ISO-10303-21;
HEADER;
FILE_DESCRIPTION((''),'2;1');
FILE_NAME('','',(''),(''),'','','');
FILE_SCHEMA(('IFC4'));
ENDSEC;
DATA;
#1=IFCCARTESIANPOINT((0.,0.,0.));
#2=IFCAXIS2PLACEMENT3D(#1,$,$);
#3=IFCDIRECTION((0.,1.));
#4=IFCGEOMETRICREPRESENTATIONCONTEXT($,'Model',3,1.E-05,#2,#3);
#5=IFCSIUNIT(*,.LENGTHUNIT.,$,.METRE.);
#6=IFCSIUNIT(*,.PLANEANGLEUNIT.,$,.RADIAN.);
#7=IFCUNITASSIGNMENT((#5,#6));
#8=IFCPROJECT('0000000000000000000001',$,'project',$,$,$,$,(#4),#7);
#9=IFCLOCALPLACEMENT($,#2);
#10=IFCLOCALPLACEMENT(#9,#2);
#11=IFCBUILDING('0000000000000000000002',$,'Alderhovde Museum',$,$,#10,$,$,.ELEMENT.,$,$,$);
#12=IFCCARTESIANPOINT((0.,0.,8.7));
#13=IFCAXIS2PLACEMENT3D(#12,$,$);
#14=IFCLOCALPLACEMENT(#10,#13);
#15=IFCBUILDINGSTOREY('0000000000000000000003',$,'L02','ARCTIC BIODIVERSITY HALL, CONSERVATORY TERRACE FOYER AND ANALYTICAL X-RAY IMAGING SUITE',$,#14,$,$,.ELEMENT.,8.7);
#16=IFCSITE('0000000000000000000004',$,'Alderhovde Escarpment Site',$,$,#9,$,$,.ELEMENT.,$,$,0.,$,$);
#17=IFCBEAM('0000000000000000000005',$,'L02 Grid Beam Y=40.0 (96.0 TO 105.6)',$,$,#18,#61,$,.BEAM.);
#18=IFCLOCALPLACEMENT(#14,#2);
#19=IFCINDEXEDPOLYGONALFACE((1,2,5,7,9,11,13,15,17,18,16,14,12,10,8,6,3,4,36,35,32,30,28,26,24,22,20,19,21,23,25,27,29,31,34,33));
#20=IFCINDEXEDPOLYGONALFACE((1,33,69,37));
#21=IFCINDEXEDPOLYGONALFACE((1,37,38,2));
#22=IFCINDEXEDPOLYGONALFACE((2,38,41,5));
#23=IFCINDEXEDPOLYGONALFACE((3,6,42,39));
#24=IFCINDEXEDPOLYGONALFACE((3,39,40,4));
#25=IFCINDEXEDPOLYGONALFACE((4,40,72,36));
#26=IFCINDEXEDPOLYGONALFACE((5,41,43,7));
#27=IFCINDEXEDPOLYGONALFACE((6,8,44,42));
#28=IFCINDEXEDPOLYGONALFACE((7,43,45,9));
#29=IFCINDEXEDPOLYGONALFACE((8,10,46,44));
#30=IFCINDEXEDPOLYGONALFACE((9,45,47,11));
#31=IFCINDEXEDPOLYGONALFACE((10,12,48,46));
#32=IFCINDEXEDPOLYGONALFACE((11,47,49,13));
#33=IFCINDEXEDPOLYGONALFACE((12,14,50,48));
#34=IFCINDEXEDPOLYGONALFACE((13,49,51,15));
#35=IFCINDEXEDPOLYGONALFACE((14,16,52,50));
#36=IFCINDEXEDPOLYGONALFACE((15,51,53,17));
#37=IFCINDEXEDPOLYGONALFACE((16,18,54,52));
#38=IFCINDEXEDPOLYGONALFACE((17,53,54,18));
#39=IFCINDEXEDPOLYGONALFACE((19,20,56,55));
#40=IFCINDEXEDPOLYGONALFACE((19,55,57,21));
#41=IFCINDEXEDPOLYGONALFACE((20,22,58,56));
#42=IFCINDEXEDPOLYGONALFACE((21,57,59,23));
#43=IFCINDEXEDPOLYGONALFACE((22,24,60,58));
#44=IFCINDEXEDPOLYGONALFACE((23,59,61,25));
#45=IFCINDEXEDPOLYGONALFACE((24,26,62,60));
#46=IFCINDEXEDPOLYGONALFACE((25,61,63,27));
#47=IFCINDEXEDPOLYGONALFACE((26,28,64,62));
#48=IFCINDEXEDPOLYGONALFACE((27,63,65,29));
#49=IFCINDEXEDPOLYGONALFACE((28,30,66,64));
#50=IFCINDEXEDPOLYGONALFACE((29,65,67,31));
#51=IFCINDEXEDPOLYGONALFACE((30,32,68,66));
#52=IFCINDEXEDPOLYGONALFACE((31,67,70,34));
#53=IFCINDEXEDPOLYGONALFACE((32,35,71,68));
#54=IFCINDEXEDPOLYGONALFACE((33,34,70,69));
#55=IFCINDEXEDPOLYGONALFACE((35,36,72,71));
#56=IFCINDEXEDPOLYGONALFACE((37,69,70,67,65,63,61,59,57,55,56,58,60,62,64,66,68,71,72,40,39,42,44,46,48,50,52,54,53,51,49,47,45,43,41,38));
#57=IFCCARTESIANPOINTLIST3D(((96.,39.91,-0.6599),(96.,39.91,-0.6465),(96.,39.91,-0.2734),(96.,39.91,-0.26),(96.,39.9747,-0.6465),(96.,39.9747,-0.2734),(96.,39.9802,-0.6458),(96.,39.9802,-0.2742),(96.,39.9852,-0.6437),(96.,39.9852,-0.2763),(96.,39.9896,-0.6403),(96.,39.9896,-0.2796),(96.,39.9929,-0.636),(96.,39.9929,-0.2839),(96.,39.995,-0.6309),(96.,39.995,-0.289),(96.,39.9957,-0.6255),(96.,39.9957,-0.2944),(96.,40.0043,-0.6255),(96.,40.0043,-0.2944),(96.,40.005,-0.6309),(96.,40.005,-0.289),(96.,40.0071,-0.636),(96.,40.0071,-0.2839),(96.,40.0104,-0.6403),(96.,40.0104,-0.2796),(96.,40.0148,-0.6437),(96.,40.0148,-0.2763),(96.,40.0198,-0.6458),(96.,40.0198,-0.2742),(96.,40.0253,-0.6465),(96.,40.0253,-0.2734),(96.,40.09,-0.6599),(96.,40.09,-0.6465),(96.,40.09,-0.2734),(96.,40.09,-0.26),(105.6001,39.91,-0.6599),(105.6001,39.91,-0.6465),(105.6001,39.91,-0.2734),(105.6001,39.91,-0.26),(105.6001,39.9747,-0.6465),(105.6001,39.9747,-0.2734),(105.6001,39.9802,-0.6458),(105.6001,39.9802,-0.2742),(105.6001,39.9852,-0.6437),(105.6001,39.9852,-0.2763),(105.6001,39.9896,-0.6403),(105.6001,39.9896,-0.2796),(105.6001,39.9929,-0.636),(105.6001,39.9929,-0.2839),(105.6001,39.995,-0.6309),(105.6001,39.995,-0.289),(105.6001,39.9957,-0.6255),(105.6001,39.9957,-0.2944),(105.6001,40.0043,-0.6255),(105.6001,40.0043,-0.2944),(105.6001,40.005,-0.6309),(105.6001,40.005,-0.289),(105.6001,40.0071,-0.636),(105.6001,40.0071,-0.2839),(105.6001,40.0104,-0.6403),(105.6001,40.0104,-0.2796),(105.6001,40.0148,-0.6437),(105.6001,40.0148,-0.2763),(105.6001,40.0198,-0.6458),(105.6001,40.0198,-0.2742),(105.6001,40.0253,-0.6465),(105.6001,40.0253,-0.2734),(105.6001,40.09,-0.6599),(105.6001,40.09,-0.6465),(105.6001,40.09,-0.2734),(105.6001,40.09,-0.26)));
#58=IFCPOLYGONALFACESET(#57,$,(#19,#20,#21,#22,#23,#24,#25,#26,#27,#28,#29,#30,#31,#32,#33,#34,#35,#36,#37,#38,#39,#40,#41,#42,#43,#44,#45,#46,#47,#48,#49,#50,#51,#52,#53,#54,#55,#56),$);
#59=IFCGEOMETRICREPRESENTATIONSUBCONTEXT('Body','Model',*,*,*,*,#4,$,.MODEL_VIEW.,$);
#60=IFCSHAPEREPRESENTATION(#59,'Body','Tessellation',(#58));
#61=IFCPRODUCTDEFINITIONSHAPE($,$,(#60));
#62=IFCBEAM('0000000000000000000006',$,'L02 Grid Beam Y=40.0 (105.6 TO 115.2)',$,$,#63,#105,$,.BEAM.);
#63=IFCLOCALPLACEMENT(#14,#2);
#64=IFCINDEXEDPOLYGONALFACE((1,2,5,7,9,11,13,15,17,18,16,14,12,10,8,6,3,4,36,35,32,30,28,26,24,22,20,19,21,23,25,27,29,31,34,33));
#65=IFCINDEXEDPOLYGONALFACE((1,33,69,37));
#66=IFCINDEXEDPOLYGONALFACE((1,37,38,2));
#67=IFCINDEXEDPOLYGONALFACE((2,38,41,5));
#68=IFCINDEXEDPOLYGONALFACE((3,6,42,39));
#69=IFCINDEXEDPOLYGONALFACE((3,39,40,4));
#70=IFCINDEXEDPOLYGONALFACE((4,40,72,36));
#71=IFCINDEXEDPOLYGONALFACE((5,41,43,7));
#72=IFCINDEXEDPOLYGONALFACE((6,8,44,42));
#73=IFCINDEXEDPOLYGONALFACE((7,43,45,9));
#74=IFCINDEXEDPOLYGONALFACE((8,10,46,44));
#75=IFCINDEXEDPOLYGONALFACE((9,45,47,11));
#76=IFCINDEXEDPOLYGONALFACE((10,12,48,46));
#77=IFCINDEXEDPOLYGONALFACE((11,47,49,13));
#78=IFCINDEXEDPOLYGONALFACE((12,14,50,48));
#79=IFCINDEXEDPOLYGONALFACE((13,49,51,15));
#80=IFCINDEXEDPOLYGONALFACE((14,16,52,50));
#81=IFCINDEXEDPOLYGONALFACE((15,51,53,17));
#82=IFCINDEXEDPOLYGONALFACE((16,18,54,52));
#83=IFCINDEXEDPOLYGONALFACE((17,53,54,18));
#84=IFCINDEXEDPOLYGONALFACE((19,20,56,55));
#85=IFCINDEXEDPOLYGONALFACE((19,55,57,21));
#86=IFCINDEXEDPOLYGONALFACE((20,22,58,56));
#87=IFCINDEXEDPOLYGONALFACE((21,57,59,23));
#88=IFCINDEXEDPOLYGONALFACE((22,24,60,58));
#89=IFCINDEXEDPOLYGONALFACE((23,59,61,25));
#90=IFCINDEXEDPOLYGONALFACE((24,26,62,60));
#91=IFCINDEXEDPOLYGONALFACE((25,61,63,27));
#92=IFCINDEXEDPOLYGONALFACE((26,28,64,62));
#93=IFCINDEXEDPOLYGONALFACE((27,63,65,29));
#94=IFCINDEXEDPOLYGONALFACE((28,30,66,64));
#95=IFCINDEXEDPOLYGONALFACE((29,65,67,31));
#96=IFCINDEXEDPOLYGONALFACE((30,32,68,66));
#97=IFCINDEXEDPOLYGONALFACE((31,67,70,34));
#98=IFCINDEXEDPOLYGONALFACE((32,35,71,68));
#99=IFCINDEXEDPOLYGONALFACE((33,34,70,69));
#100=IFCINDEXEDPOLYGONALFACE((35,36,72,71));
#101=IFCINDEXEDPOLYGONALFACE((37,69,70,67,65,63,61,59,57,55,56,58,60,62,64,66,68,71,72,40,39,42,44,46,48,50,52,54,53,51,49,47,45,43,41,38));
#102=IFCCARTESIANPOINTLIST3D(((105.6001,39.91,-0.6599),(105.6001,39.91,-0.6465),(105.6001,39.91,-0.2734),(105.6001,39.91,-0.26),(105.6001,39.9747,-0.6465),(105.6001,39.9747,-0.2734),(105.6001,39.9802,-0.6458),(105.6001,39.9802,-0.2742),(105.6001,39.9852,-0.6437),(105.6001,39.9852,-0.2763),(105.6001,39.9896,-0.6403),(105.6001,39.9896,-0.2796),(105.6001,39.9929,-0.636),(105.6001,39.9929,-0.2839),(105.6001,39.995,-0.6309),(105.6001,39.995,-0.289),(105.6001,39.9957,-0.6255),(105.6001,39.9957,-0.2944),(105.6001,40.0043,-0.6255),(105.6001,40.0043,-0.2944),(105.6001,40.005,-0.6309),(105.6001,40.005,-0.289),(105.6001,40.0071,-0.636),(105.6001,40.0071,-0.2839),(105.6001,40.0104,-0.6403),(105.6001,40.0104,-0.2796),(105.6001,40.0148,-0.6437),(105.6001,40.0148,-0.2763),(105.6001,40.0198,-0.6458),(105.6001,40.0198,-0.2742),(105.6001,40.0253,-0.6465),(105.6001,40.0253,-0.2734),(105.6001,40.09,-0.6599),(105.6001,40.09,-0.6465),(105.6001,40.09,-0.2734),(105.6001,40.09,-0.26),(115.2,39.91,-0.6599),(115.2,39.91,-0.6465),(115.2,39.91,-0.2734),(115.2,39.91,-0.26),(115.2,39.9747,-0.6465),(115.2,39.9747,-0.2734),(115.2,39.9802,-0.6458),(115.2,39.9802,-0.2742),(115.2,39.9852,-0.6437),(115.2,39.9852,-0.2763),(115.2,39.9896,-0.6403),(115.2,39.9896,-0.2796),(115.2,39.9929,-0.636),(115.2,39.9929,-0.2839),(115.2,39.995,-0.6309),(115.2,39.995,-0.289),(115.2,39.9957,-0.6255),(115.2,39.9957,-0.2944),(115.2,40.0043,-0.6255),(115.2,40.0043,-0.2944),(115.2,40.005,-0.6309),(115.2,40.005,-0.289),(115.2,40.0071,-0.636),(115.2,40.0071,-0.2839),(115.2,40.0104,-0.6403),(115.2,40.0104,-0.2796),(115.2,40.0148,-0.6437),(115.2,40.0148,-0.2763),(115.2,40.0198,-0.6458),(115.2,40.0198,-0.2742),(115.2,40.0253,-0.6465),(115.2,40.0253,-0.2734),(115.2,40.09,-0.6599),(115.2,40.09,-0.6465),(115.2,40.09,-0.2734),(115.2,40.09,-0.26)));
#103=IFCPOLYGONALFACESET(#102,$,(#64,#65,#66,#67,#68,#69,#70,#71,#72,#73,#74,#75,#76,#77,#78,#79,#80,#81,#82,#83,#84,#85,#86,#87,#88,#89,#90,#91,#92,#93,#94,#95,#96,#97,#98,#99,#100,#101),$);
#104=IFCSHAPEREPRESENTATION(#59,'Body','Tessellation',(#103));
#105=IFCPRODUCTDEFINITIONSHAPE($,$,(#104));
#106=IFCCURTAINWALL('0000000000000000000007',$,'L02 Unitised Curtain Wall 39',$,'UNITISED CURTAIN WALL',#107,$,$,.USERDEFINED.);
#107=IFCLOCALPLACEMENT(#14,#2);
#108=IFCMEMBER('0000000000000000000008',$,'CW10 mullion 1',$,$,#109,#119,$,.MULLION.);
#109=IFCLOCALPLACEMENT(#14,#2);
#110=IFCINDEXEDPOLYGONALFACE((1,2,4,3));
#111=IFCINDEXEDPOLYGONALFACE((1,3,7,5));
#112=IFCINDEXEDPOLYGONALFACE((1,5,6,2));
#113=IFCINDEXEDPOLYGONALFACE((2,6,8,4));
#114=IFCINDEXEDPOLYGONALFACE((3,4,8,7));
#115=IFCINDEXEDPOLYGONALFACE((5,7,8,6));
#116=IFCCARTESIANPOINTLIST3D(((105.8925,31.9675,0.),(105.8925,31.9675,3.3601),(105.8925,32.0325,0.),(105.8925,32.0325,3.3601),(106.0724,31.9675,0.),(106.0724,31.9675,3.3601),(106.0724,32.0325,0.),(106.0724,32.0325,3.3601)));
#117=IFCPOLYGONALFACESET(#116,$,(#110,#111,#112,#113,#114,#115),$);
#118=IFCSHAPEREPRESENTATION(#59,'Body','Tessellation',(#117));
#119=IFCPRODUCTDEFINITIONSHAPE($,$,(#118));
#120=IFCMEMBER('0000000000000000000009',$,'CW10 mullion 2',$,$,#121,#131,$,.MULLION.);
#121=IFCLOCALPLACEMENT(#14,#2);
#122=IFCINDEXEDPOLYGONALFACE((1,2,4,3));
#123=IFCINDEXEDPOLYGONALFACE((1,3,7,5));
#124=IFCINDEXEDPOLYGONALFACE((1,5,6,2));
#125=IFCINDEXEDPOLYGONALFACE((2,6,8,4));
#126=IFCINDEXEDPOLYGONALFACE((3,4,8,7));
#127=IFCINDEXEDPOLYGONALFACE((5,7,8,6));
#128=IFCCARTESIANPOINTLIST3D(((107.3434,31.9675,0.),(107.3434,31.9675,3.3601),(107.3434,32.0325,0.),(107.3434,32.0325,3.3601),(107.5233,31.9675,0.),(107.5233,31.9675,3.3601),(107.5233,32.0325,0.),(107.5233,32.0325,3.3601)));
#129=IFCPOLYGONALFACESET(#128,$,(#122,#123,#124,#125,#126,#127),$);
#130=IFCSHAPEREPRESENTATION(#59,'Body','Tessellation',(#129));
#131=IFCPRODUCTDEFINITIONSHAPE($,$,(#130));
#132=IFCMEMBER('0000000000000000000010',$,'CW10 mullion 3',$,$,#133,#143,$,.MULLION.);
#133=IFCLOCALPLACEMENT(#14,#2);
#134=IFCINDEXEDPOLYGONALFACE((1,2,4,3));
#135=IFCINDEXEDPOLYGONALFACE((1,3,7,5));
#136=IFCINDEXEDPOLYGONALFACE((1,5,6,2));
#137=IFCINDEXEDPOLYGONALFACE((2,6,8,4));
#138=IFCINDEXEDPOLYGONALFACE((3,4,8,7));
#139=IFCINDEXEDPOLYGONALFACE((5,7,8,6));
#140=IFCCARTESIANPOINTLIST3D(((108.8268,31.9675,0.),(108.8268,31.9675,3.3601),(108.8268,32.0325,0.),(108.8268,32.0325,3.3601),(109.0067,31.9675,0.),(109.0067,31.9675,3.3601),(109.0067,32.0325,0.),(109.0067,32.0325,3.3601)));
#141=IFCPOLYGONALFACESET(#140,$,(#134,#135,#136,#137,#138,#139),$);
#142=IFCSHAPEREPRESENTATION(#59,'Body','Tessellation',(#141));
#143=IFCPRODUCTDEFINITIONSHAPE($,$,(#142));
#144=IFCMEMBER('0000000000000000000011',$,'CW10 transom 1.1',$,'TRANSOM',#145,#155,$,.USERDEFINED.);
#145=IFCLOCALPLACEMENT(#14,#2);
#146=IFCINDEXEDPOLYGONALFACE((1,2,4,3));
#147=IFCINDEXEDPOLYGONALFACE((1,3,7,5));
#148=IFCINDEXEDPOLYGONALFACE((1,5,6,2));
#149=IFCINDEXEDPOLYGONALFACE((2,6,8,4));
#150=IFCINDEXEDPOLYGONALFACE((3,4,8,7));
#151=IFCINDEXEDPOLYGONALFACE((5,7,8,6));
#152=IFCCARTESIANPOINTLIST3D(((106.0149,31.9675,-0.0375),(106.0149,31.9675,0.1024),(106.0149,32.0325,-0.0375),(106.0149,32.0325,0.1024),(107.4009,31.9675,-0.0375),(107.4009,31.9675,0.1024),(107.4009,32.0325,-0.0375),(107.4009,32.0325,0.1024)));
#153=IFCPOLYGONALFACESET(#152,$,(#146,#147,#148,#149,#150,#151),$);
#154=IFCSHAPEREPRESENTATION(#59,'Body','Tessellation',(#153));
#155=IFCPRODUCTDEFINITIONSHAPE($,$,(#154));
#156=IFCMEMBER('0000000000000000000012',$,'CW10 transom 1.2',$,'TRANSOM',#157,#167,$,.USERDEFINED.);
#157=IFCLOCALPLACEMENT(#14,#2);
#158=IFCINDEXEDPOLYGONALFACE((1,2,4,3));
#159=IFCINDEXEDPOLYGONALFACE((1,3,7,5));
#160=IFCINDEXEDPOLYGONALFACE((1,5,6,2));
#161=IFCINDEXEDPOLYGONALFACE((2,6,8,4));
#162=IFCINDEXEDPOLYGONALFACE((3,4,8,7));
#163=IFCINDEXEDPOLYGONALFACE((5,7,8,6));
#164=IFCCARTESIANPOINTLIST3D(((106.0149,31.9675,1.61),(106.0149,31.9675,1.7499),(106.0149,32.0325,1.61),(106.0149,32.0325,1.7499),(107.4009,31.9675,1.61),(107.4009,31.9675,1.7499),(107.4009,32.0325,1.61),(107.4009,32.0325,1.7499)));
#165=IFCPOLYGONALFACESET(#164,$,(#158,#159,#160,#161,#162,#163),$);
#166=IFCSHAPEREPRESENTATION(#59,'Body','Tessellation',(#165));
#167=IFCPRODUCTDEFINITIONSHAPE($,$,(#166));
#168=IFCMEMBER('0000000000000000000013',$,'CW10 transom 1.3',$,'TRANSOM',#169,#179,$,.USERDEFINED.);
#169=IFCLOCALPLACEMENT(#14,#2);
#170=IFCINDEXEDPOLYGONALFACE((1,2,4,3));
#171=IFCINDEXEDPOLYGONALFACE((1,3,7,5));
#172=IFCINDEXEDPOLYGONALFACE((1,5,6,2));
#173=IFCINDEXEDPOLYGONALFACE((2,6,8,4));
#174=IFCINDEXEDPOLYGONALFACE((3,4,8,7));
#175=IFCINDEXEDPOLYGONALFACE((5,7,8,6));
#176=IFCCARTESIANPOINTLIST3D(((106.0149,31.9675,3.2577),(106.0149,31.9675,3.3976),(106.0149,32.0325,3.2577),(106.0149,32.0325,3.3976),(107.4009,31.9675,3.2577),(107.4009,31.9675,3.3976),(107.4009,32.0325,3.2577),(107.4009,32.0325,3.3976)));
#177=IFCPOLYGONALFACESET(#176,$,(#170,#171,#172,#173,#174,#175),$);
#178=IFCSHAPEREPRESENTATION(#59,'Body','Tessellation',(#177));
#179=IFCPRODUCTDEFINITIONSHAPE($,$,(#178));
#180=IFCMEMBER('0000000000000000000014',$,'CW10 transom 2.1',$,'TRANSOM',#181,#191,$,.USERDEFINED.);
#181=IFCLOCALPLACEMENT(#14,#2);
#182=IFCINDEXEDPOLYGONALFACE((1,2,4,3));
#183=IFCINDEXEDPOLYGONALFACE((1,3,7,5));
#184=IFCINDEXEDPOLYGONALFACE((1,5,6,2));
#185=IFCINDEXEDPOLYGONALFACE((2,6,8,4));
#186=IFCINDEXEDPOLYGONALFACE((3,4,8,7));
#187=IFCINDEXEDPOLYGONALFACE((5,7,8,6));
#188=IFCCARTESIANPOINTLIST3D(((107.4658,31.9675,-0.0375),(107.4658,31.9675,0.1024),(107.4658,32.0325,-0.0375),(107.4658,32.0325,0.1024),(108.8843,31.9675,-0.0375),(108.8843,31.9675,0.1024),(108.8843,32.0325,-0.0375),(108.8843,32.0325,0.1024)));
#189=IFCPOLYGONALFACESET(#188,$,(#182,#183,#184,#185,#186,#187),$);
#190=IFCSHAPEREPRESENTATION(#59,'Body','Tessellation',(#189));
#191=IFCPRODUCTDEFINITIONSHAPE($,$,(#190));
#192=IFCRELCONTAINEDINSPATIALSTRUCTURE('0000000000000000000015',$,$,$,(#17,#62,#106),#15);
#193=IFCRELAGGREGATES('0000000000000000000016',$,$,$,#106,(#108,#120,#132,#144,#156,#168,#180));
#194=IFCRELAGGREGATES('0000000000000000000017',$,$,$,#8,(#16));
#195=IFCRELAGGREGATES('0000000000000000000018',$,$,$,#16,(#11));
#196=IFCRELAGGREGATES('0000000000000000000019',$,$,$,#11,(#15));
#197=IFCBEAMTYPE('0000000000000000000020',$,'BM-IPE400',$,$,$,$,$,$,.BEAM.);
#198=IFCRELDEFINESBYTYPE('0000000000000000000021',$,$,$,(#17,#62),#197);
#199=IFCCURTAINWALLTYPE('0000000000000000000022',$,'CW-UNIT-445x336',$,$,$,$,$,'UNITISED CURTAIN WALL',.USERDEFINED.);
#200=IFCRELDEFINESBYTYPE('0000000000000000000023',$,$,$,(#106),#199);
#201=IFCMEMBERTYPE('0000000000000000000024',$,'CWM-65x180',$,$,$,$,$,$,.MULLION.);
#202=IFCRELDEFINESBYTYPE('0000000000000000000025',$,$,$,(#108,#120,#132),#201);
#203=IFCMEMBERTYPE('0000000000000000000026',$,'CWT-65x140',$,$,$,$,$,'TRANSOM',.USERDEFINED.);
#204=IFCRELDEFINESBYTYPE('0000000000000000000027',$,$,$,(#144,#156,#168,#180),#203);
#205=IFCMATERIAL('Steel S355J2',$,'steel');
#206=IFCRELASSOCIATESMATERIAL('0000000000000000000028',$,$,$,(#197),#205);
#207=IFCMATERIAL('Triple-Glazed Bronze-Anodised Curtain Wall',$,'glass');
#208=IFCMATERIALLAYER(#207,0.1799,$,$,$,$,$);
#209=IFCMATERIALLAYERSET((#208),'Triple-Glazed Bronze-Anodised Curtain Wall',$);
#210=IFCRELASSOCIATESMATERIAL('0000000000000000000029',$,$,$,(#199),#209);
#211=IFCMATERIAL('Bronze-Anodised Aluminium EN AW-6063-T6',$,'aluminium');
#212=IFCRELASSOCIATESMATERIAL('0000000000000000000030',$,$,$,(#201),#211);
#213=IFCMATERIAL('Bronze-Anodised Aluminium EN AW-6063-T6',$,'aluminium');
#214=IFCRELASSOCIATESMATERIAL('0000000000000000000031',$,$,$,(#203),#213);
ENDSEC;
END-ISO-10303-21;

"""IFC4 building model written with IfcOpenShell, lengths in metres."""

from ifc_helpers import new_model, si_unit, direction, frame, origin, origin_2d, place, context, subcontext, project, spatial, rectangle, i_section, extrude, material, layer, layer_set, material_profile, profile_set, type_object, element, aggregate, save


model = new_model("IFC4")

# Units and contexts
model_context = context("Model", 3, precision=1e-05, world=origin(), true_north=direction((0.0, 1.0)))
body_context = subcontext(model_context, "Body", "Model", "MODEL_VIEW")
ifc_project = project(units=[si_unit("LENGTHUNIT", "METRE"), si_unit("PLANEANGLEUNIT", "RADIAN")], contexts=[model_context])

# Site, building, storey
site_placement = place(None, origin())
site = spatial("IfcSite", under=ifc_project, at=site_placement, Name="Alderhovde Escarpment Site", CompositionType="ELEMENT", RefElevation=0.0)
building_placement = place(site_placement, origin())
building = spatial("IfcBuilding", under=site, at=building_placement, Name="Alderhovde Museum", CompositionType="ELEMENT")
storey_placement = place(building_placement, frame((0.0, 0.0, 8.7)))
storey = spatial("IfcBuildingStorey", under=building, at=storey_placement, Name="L02", Description="ARCTIC BIODIVERSITY HALL, CONSERVATORY TERRACE FOYER AND ANALYTICAL X-RAY IMAGING SUITE", CompositionType="ELEMENT", Elevation=8.7)

# Beams
ifc_material_1 = material(Name="Steel S355J2", Category="steel")
ifc_material_profile_1 = material_profile(ifc_material_1, i_section(OverallWidth=0.1799, OverallDepth=0.3999, WebThickness=0.0085, FlangeThickness=0.0134, FilletRadius=0.021, at=origin_2d()), Name="IPE 400")
ifc_profile_set_1 = profile_set([ifc_material_profile_1], Name="Steel S355J2")
beam_type_1 = type_object("IfcBeamType", Name="BM-IPE400", PredefinedType="BEAM", material=ifc_profile_set_1)
beam_1_placement = place(storey_placement, frame((96.0, 40.0, -0.46), z_axis=(1.0, 0.0, 0.0), x_axis=(0.0, 1.0, 0.0)))
element("IfcBeam", 1, at=beam_1_placement, inside=storey, type_object=beam_type_1, Name="L02 Grid Beam Y=40.0 (96.0 TO 105.6)", PredefinedType="BEAM", context=body_context, shape_type="SweptSolid", body=[
    extrude(i_section(OverallWidth=0.1799, OverallDepth=0.3999, WebThickness=0.0085, FlangeThickness=0.0134, FilletRadius=0.021, at=origin_2d()), origin(), (0.0, 0.0, 1.0), 9.6001),
])
beam_2_placement = place(storey_placement, frame((105.6001, 40.0, -0.46), z_axis=(1.0, 0.0, 0.0), x_axis=(0.0, 1.0, 0.0)))
element("IfcBeam", 2, at=beam_2_placement, inside=storey, type_object=beam_type_1, Name="L02 Grid Beam Y=40.0 (105.6 TO 115.2)", PredefinedType="BEAM", context=body_context, shape_type="SweptSolid", body=[
    extrude(i_section(OverallWidth=0.1799, OverallDepth=0.3999, WebThickness=0.0085, FlangeThickness=0.0134, FilletRadius=0.021, at=origin_2d()), origin(), (0.0, 0.0, 1.0), 9.5999),
])

# Curtain wall, members
ifc_material_2 = material(Name="Triple-Glazed Bronze-Anodised Curtain Wall", Category="glass")
ifc_layer_1 = layer(ifc_material_2, 0.1799)
ifc_layer_set_1 = layer_set([ifc_layer_1], Name="Triple-Glazed Bronze-Anodised Curtain Wall")
curtain_wall_type = type_object("IfcCurtainWallType", Name="CW-UNIT-445x336", ElementType="UNITISED CURTAIN WALL", PredefinedType="USERDEFINED", material=ifc_layer_set_1)
curtain_wall_placement = place(storey_placement, origin())
curtain_wall = element("IfcCurtainWall", 3, at=curtain_wall_placement, inside=storey, type_object=curtain_wall_type, Name="L02 Unitised Curtain Wall 39", ObjectType="UNITISED CURTAIN WALL", PredefinedType="USERDEFINED")
ifc_material_3 = material(Name="Bronze-Anodised Aluminium EN AW-6063-T6", Category="aluminium")
ifc_material_profile_2 = material_profile(ifc_material_3, rectangle(XDim=0.0649, YDim=0.1799, at=origin_2d()), Name="MULLION 65x180")
ifc_profile_set_2 = profile_set([ifc_material_profile_2], Name="Bronze-Anodised Aluminium EN AW-6063-T6")
member_type_1 = type_object("IfcMemberType", Name="CWM-65x180", PredefinedType="MULLION", material=ifc_profile_set_2)
member_1_placement = place(storey_placement, frame((105.9824, 32.0, 0.0), z_axis=(0.0, 0.0, 1.0), x_axis=(0.0, 1.0, 0.0)))
member_1 = element("IfcMember", 4, at=member_1_placement, type_object=member_type_1, Name="CW10 mullion 1", PredefinedType="MULLION", context=body_context, shape_type="SweptSolid", body=[
    extrude(rectangle(XDim=0.0649, YDim=0.1799, at=origin_2d()), origin(), (0.0, 0.0, 1.0), 3.3601),
])
member_2_placement = place(storey_placement, frame((107.4333, 32.0, 0.0), z_axis=(0.0, 0.0, 1.0), x_axis=(0.0, 1.0, 0.0)))
member_2 = element("IfcMember", 5, at=member_2_placement, type_object=member_type_1, Name="CW10 mullion 2", PredefinedType="MULLION", context=body_context, shape_type="SweptSolid", body=[
    extrude(rectangle(XDim=0.0649, YDim=0.1799, at=origin_2d()), origin(), (0.0, 0.0, 1.0), 3.3601),
])
member_3_placement = place(storey_placement, frame((108.9167, 32.0, 0.0), z_axis=(0.0, 0.0, 1.0), x_axis=(0.0, 1.0, 0.0)))
member_3 = element("IfcMember", 6, at=member_3_placement, type_object=member_type_1, Name="CW10 mullion 3", PredefinedType="MULLION", context=body_context, shape_type="SweptSolid", body=[
    extrude(rectangle(XDim=0.0649, YDim=0.1799, at=origin_2d()), origin(), (0.0, 0.0, 1.0), 3.3601),
])
ifc_material_4 = material(Name="Bronze-Anodised Aluminium EN AW-6063-T6", Category="aluminium")
ifc_material_profile_3 = material_profile(ifc_material_4, rectangle(XDim=0.0649, YDim=0.1399, at=origin_2d()), Name="TRANSOM 65x140")
ifc_profile_set_3 = profile_set([ifc_material_profile_3], Name="Bronze-Anodised Aluminium EN AW-6063-T6")
member_type_2 = type_object("IfcMemberType", Name="CWT-65x140", ElementType="TRANSOM", PredefinedType="USERDEFINED", material=ifc_profile_set_3)
member_4_placement = place(storey_placement, frame((106.0149, 32.0, 0.0325), z_axis=(1.0, 0.0, 0.0), x_axis=(0.0, 1.0, 0.0)))
member_4 = element("IfcMember", 7, at=member_4_placement, type_object=member_type_2, Name="CW10 transom 1.1", ObjectType="TRANSOM", PredefinedType="USERDEFINED", context=body_context, shape_type="SweptSolid", body=[
    extrude(rectangle(XDim=0.0649, YDim=0.1399, at=origin_2d()), origin(), (0.0, 0.0, 1.0), 1.386),
])
member_5_placement = place(storey_placement, frame((106.0149, 32.0, 1.6799), z_axis=(1.0, 0.0, 0.0), x_axis=(0.0, 1.0, 0.0)))
member_5 = element("IfcMember", 8, at=member_5_placement, type_object=member_type_2, Name="CW10 transom 1.2", ObjectType="TRANSOM", PredefinedType="USERDEFINED", context=body_context, shape_type="SweptSolid", body=[
    extrude(rectangle(XDim=0.0649, YDim=0.1399, at=origin_2d()), origin(), (0.0, 0.0, 1.0), 1.386),
])
member_6_placement = place(storey_placement, frame((106.0149, 32.0, 3.3276), z_axis=(1.0, 0.0, 0.0), x_axis=(0.0, 1.0, 0.0)))
member_6 = element("IfcMember", 9, at=member_6_placement, type_object=member_type_2, Name="CW10 transom 1.3", ObjectType="TRANSOM", PredefinedType="USERDEFINED", context=body_context, shape_type="SweptSolid", body=[
    extrude(rectangle(XDim=0.0649, YDim=0.1399, at=origin_2d()), origin(), (0.0, 0.0, 1.0), 1.386),
])
member_7_placement = place(storey_placement, frame((107.4658, 32.0, 0.0325), z_axis=(1.0, 0.0, 0.0), x_axis=(0.0, 1.0, 0.0)))
member_7 = element("IfcMember", 10, at=member_7_placement, type_object=member_type_2, Name="CW10 transom 2.1", ObjectType="TRANSOM", PredefinedType="USERDEFINED", context=body_context, shape_type="SweptSolid", body=[
    extrude(rectangle(XDim=0.0649, YDim=0.1399, at=origin_2d()), origin(), (0.0, 0.0, 1.0), 1.4185),
])

aggregate(curtain_wall, [member_1, member_2, member_3, member_4, member_5, member_6, member_7])

save(model, "model.ifc")
